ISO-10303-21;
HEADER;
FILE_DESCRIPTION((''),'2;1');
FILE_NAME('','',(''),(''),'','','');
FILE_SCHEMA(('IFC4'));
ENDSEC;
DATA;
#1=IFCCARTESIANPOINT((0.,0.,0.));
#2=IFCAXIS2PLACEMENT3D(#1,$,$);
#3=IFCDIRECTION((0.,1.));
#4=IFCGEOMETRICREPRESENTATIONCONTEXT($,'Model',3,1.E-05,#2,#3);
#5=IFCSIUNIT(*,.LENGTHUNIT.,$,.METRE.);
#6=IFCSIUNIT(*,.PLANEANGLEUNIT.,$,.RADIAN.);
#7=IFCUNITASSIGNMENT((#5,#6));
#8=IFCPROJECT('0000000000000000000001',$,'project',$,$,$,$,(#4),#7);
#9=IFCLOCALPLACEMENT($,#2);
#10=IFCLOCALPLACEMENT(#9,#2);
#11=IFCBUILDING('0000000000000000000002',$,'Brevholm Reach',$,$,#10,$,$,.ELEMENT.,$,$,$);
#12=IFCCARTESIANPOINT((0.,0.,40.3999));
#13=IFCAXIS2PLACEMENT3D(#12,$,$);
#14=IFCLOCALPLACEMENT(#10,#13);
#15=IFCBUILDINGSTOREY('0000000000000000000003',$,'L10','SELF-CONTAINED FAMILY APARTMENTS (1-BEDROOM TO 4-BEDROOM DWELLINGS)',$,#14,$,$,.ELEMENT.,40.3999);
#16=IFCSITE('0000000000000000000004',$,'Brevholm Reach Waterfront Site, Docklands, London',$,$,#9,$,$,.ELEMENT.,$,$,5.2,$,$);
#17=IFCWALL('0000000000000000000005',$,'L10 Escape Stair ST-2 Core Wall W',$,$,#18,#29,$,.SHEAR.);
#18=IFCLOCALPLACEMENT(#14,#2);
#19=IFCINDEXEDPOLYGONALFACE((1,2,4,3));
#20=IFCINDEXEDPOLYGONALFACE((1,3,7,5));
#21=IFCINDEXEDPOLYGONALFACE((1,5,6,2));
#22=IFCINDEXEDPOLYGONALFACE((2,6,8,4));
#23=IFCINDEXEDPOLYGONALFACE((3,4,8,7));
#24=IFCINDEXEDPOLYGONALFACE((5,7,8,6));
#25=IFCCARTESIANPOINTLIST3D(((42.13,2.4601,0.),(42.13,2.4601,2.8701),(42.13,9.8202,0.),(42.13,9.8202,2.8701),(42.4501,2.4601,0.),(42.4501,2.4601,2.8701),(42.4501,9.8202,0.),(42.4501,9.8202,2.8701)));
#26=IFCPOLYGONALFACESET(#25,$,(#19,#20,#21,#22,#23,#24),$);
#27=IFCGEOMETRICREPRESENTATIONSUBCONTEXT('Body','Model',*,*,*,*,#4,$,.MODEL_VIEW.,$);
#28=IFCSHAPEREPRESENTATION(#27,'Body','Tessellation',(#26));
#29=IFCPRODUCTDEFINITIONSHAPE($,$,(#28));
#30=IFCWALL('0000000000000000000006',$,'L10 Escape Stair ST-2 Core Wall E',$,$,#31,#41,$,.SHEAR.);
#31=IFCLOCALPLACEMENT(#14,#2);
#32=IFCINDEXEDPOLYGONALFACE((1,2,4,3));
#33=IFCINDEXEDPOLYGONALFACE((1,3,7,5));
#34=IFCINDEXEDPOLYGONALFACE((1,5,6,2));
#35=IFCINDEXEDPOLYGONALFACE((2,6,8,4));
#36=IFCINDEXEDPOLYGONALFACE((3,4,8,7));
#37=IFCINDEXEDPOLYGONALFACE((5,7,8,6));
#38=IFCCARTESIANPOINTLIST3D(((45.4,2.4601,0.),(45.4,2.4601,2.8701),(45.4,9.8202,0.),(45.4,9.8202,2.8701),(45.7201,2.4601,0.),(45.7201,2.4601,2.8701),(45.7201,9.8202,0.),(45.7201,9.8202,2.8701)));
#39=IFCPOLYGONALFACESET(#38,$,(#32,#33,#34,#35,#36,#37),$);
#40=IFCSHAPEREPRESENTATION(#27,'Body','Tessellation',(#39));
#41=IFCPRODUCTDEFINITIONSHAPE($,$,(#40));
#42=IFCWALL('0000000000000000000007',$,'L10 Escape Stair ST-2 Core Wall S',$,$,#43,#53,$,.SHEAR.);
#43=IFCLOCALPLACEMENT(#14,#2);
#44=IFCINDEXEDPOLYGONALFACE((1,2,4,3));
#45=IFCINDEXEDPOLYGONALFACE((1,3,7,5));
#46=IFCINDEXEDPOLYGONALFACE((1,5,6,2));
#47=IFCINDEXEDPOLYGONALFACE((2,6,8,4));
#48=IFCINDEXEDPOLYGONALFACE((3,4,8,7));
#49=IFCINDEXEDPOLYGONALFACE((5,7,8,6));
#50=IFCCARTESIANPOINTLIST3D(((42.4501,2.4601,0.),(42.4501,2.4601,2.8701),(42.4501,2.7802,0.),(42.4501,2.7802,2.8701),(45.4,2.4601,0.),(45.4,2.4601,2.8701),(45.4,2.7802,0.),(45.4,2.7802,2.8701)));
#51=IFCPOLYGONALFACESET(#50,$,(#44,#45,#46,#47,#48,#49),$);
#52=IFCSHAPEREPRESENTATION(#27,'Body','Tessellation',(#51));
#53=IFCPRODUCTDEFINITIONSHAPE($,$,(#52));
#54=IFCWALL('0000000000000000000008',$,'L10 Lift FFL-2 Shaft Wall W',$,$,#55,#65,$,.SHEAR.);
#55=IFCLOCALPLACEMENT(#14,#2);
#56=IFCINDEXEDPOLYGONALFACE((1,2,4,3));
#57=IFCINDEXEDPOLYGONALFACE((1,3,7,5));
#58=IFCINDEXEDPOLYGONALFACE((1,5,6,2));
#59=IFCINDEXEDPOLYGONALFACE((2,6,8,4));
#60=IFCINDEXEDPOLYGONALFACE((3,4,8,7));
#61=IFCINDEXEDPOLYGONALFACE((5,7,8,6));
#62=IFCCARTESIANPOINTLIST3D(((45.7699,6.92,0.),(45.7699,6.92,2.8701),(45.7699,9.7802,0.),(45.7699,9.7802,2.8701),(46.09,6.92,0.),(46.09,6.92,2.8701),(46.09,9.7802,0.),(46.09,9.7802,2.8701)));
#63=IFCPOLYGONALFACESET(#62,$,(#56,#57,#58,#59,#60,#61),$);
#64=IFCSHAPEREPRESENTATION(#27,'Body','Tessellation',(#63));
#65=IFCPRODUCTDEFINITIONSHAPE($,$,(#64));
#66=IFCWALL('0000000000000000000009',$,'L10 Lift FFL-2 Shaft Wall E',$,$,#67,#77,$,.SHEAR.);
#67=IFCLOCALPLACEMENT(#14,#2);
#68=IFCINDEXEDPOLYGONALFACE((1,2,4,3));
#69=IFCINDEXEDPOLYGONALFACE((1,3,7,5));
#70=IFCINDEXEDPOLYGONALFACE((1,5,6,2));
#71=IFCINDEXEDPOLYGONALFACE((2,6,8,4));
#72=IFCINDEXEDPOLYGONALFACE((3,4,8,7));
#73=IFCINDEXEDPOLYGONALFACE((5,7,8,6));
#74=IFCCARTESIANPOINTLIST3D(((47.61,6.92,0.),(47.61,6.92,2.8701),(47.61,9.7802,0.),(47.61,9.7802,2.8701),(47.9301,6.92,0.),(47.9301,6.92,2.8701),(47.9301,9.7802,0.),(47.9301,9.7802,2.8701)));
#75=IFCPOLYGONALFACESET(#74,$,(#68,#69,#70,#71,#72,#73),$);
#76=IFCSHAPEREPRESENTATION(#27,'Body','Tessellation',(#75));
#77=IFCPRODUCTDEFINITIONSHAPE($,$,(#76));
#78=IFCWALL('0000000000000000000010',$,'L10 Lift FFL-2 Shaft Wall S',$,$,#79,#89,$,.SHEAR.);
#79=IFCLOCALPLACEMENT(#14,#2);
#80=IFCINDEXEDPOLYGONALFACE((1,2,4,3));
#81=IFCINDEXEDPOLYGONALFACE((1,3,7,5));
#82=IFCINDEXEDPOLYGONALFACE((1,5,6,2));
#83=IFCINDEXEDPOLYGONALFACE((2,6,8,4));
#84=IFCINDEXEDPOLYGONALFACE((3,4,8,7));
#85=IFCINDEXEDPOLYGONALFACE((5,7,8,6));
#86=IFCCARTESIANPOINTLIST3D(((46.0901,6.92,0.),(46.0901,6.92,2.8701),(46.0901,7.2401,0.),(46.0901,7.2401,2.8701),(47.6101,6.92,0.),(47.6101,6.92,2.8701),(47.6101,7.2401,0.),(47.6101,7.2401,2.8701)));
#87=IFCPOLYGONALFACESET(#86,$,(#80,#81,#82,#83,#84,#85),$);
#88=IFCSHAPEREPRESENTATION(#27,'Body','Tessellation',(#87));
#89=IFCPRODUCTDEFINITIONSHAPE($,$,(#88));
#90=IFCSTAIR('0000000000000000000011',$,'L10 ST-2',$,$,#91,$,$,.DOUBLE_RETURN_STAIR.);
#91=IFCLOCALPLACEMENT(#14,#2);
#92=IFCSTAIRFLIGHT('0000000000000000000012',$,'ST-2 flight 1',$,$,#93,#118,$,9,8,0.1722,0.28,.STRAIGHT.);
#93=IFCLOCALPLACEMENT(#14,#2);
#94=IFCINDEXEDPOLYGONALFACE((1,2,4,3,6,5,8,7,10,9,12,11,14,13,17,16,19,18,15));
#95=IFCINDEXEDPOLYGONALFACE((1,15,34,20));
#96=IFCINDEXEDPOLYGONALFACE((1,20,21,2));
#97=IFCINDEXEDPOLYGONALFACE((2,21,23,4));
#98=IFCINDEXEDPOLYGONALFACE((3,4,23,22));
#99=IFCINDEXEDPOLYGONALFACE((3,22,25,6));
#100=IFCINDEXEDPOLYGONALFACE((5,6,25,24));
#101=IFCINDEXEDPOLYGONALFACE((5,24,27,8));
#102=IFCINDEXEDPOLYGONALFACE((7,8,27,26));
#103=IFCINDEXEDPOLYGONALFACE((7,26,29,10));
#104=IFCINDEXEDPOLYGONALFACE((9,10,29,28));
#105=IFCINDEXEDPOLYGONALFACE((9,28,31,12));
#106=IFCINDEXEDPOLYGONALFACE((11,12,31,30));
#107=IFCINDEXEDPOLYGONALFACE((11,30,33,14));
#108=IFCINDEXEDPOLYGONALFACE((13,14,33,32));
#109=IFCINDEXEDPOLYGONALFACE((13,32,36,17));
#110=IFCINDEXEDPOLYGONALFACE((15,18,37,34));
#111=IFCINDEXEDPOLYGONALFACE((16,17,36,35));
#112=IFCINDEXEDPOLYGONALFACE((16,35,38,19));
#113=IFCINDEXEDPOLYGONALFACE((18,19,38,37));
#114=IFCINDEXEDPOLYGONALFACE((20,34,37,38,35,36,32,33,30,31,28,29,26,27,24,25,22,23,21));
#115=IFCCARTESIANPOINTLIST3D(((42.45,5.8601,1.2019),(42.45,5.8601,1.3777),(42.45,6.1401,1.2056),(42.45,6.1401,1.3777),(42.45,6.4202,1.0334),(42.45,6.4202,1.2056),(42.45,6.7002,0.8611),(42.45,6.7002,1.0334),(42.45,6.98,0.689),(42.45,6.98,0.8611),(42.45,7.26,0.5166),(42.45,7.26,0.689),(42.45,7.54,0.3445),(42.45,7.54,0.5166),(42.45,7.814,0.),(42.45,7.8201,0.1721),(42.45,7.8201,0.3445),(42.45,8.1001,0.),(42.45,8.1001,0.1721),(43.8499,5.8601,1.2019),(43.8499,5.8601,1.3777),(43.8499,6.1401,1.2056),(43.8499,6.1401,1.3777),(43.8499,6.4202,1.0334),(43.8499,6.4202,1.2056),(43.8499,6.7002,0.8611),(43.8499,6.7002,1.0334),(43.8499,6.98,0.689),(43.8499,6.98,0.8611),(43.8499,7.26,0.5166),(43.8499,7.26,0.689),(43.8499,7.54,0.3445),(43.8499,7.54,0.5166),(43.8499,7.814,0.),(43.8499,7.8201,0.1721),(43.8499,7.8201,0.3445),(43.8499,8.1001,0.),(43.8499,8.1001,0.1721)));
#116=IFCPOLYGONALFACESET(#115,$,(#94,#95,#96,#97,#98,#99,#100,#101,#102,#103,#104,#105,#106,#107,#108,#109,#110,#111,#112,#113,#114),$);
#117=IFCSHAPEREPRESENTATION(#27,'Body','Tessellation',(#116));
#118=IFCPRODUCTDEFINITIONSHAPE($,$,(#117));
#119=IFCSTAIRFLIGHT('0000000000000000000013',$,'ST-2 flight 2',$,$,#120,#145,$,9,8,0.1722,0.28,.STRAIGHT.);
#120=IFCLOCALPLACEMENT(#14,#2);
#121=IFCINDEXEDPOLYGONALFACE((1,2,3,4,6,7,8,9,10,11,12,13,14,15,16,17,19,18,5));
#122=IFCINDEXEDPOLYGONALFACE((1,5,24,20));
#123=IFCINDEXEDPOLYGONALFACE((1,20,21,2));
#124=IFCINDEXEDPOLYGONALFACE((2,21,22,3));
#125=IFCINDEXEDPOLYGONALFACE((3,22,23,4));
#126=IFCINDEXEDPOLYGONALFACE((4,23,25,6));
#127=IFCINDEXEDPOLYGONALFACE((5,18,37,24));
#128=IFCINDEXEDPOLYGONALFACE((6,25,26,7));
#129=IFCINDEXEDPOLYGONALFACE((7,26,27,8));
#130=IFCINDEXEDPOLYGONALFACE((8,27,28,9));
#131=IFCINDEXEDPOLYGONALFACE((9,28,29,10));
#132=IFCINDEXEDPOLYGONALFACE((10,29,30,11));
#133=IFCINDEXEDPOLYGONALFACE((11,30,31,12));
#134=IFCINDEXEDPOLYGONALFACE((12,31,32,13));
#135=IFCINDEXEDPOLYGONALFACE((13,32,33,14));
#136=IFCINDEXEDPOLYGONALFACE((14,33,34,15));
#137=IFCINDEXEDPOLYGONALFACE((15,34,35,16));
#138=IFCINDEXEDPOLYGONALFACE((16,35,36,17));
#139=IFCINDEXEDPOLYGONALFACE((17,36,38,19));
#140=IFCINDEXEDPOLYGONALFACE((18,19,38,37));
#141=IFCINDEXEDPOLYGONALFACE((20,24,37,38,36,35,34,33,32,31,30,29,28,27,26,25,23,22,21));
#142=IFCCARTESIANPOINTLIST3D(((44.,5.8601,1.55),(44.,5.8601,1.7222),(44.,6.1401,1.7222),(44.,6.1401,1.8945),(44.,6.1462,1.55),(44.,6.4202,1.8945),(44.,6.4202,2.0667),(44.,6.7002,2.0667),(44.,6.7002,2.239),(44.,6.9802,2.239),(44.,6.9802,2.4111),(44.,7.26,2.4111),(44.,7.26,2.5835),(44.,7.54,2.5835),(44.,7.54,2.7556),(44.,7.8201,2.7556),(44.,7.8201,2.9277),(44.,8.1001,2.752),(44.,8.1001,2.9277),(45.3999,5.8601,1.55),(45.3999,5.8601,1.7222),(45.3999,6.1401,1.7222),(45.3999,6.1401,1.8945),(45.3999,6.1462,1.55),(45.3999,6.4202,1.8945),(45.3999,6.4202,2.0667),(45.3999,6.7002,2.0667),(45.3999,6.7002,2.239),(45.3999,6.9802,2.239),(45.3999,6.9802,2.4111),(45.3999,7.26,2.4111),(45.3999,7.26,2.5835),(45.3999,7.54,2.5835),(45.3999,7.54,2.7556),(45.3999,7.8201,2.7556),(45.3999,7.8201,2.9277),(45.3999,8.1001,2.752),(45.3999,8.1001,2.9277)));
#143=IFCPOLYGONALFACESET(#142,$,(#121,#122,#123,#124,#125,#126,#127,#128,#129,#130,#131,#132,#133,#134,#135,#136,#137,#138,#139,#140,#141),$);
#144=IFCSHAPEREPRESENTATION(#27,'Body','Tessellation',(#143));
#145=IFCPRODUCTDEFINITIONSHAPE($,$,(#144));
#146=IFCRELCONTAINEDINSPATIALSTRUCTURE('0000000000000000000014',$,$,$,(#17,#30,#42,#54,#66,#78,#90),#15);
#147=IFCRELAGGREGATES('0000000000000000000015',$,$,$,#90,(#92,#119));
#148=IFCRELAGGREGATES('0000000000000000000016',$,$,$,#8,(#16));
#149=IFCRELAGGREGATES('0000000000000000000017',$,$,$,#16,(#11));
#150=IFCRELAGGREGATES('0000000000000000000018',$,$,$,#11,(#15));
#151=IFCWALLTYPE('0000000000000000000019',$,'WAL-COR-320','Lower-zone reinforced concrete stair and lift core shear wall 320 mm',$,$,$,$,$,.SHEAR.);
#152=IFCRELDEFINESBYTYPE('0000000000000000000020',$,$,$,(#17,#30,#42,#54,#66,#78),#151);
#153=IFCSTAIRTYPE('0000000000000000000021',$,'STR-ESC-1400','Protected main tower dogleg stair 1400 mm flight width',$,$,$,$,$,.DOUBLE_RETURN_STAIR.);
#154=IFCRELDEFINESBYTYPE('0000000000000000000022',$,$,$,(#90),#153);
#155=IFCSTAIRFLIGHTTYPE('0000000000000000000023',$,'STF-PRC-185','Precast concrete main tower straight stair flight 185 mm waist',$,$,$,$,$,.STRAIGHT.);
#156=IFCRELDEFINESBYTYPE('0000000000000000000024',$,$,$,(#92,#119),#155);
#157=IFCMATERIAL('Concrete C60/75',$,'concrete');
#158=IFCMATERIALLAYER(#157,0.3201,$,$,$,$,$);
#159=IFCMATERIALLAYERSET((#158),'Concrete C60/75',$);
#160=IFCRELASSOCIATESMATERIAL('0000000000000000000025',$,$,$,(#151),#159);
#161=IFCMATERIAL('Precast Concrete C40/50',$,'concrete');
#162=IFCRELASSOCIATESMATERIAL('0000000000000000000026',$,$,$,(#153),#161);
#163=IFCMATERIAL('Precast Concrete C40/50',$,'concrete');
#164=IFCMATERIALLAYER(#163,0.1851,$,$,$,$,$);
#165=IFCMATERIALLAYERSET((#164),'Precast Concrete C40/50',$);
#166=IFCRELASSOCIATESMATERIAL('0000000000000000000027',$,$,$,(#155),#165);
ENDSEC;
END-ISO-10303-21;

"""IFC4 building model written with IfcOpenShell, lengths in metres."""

from ifc_helpers import new_model, si_unit, direction, frame, frame_2d, origin, place, context, subcontext, project, spatial, polyline, rectangle, outline, extrude, material, layer, layer_set, type_object, element, aggregate, save


model = new_model("IFC4")

# Units and contexts
model_context = context("Model", 3, precision=1e-05, world=origin(), true_north=direction((0.0, 1.0)))
body_context = subcontext(model_context, "Body", "Model", "MODEL_VIEW")
ifc_project = project(units=[si_unit("LENGTHUNIT", "METRE"), si_unit("PLANEANGLEUNIT", "RADIAN")], contexts=[model_context])

# Site, building, storey
site_placement = place(None, origin())
site = spatial("IfcSite", under=ifc_project, at=site_placement, Name="Brevholm Reach Waterfront Site, Docklands, London", CompositionType="ELEMENT", RefElevation=5.2)
building_placement = place(site_placement, origin())
building = spatial("IfcBuilding", under=site, at=building_placement, Name="Brevholm Reach", CompositionType="ELEMENT")
storey_placement = place(building_placement, frame((0.0, 0.0, 40.3999)))
storey = spatial("IfcBuildingStorey", under=building, at=storey_placement, Name="L10", Description="SELF-CONTAINED FAMILY APARTMENTS (1-BEDROOM TO 4-BEDROOM DWELLINGS)", CompositionType="ELEMENT", Elevation=40.3999)

# Walls
ifc_material_1 = material(Name="Concrete C60/75", Category="concrete")
ifc_layer_1 = layer(ifc_material_1, 0.3201)
ifc_layer_set_1 = layer_set([ifc_layer_1], Name="Concrete C60/75")
wall_type = type_object("IfcWallType", Name="WAL-COR-320", Description="Lower-zone reinforced concrete stair and lift core shear wall 320 mm", PredefinedType="SHEAR", material=ifc_layer_set_1)
for number, where, z_axis, x_axis, name in (
    (1, (42.29, 2.46, 0.0), (0.0, 0.0, 1.0), (0.0, 1.0, 0.0), "L10 Escape Stair ST-2 Core Wall W"),
    (2, (45.5601, 2.46, 0.0), (0.0, 0.0, 1.0), (0.0, 1.0, 0.0), "L10 Escape Stair ST-2 Core Wall E"),
):
    element("IfcWall", number, at=place(storey_placement, frame(where, z_axis=z_axis, x_axis=x_axis)), inside=storey, type_object=wall_type, Name=name, PredefinedType="SHEAR", context=body_context, shape_type="SweptSolid", body=[
        extrude(rectangle(XDim=7.3601, YDim=0.3201, at=frame_2d((3.6802, 0.0))), origin(), (0.0, 0.0, 1.0), 2.8701),
    ])
wall_1_placement = place(storey_placement, frame((42.45, 2.6201, 0.0), z_axis=(0.0, 0.0, 1.0), x_axis=(1.0, 0.0, 0.0)))
element("IfcWall", 3, at=wall_1_placement, inside=storey, type_object=wall_type, Name="L10 Escape Stair ST-2 Core Wall S", PredefinedType="SHEAR", context=body_context, shape_type="SweptSolid", body=[
    extrude(rectangle(XDim=2.95, YDim=0.3201, at=frame_2d((1.4751, 0.0))), origin(), (0.0, 0.0, 1.0), 2.8701),
])
for number, where, z_axis, x_axis, name in (
    (4, (45.9299, 6.9199, 0.0), (0.0, 0.0, 1.0), (0.0, 1.0, 0.0), "L10 Lift FFL-2 Shaft Wall W"),
    (5, (47.77, 6.9199, 0.0), (0.0, 0.0, 1.0), (0.0, 1.0, 0.0), "L10 Lift FFL-2 Shaft Wall E"),
):
    element("IfcWall", number, at=place(storey_placement, frame(where, z_axis=z_axis, x_axis=x_axis)), inside=storey, type_object=wall_type, Name=name, PredefinedType="SHEAR", context=body_context, shape_type="SweptSolid", body=[
        extrude(rectangle(XDim=2.8601, YDim=0.3201, at=frame_2d((1.4302, 0.0))), origin(), (0.0, 0.0, 1.0), 2.8701),
    ])
wall_2_placement = place(storey_placement, frame((46.0901, 7.0801, 0.0), z_axis=(0.0, 0.0, 1.0), x_axis=(1.0, 0.0, 0.0)))
element("IfcWall", 6, at=wall_2_placement, inside=storey, type_object=wall_type, Name="L10 Lift FFL-2 Shaft Wall S", PredefinedType="SHEAR", context=body_context, shape_type="SweptSolid", body=[
    extrude(rectangle(XDim=1.52, YDim=0.3201, at=frame_2d((0.76, 0.0))), origin(), (0.0, 0.0, 1.0), 2.8701),
])

# Stair, stair flights
ifc_material_2 = material(Name="Precast Concrete C40/50", Category="concrete")
stair_type = type_object("IfcStairType", Name="STR-ESC-1400", Description="Protected main tower dogleg stair 1400 mm flight width", PredefinedType="DOUBLE_RETURN_STAIR", material=ifc_material_2)
stair_placement = place(storey_placement, origin())
stair = element("IfcStair", 7, at=stair_placement, inside=storey, type_object=stair_type, Name="L10 ST-2", PredefinedType="DOUBLE_RETURN_STAIR")
ifc_material_3 = material(Name="Precast Concrete C40/50", Category="concrete")
ifc_layer_2 = layer(ifc_material_3, 0.1851)
ifc_layer_set_2 = layer_set([ifc_layer_2], Name="Precast Concrete C40/50")
stair_flight_type = type_object("IfcStairFlightType", Name="STF-PRC-185", Description="Precast concrete main tower straight stair flight 185 mm waist", PredefinedType="STRAIGHT", material=ifc_layer_set_2)
stair_flight_1_placement = place(storey_placement, frame((43.1499, 8.1001, 0.0), z_axis=(0.0, 0.0, 1.0), x_axis=(0.0, -1.0, 0.0)))
stair_flight_1 = element("IfcStairFlight", 8, at=stair_flight_1_placement, type_object=stair_flight_type, Name="ST-2 flight 1", NumberOfRisers=9, NumberOfTreads=8, PredefinedType="STRAIGHT", RiserHeight=0.1722, TreadLength=0.28, context=body_context, shape_type="SweptSolid", body=[
    extrude(outline(polyline([(0.0, 0.0), (0.0, 0.1721), (0.28, 0.1721), (0.28, 0.3445), (0.5601, 0.3445), (0.5601, 0.5166), (0.8401, 0.5166), (0.8401, 0.689), (1.1201, 0.689), (1.1201, 0.8611), (1.3999, 0.8611), (1.3999, 1.0334), (1.6799, 1.0334), (1.6799, 1.2056), (1.96, 1.2056), (1.96, 1.3777), (2.24, 1.3777), (2.24, 1.55), (2.24, 1.2019), (0.2861, 0.0), (0.0, 0.0)])), frame((0.0, 0.7, 0.0), z_axis=(0.0, -1.0, 0.0), x_axis=(1.0, 0.0, 0.0)), (0.0, 0.0, 1.0), 1.3999),
])
stair_flight_2_placement = place(storey_placement, frame((44.7, 5.8601, 1.55), z_axis=(0.0, 0.0, 1.0), x_axis=(0.0, 1.0, 0.0)))
stair_flight_2 = element("IfcStairFlight", 9, at=stair_flight_2_placement, type_object=stair_flight_type, Name="ST-2 flight 2", NumberOfRisers=9, NumberOfTreads=8, PredefinedType="STRAIGHT", RiserHeight=0.1722, TreadLength=0.28, context=body_context, shape_type="SweptSolid", body=[
    extrude(outline(polyline([(0.0, 0.0), (0.0, 0.1721), (0.28, 0.1721), (0.28, 0.3445), (0.5601, 0.3445), (0.5601, 0.5166), (0.8401, 0.5166), (0.8401, 0.689), (1.1201, 0.689), (1.1201, 0.8611), (1.3999, 0.8611), (1.3999, 1.0334), (1.6799, 1.0334), (1.6799, 1.2056), (1.96, 1.2056), (1.96, 1.3777), (2.24, 1.3777), (2.24, 1.55), (2.24, 1.2019), (0.2861, 0.0), (0.0, 0.0)])), frame((0.0, 0.7, 0.0), z_axis=(0.0, -1.0, 0.0), x_axis=(1.0, 0.0, 0.0)), (0.0, 0.0, 1.0), 1.3999),
])
aggregate(stair, [stair_flight_1, stair_flight_2])

save(model, "model.ifc")
